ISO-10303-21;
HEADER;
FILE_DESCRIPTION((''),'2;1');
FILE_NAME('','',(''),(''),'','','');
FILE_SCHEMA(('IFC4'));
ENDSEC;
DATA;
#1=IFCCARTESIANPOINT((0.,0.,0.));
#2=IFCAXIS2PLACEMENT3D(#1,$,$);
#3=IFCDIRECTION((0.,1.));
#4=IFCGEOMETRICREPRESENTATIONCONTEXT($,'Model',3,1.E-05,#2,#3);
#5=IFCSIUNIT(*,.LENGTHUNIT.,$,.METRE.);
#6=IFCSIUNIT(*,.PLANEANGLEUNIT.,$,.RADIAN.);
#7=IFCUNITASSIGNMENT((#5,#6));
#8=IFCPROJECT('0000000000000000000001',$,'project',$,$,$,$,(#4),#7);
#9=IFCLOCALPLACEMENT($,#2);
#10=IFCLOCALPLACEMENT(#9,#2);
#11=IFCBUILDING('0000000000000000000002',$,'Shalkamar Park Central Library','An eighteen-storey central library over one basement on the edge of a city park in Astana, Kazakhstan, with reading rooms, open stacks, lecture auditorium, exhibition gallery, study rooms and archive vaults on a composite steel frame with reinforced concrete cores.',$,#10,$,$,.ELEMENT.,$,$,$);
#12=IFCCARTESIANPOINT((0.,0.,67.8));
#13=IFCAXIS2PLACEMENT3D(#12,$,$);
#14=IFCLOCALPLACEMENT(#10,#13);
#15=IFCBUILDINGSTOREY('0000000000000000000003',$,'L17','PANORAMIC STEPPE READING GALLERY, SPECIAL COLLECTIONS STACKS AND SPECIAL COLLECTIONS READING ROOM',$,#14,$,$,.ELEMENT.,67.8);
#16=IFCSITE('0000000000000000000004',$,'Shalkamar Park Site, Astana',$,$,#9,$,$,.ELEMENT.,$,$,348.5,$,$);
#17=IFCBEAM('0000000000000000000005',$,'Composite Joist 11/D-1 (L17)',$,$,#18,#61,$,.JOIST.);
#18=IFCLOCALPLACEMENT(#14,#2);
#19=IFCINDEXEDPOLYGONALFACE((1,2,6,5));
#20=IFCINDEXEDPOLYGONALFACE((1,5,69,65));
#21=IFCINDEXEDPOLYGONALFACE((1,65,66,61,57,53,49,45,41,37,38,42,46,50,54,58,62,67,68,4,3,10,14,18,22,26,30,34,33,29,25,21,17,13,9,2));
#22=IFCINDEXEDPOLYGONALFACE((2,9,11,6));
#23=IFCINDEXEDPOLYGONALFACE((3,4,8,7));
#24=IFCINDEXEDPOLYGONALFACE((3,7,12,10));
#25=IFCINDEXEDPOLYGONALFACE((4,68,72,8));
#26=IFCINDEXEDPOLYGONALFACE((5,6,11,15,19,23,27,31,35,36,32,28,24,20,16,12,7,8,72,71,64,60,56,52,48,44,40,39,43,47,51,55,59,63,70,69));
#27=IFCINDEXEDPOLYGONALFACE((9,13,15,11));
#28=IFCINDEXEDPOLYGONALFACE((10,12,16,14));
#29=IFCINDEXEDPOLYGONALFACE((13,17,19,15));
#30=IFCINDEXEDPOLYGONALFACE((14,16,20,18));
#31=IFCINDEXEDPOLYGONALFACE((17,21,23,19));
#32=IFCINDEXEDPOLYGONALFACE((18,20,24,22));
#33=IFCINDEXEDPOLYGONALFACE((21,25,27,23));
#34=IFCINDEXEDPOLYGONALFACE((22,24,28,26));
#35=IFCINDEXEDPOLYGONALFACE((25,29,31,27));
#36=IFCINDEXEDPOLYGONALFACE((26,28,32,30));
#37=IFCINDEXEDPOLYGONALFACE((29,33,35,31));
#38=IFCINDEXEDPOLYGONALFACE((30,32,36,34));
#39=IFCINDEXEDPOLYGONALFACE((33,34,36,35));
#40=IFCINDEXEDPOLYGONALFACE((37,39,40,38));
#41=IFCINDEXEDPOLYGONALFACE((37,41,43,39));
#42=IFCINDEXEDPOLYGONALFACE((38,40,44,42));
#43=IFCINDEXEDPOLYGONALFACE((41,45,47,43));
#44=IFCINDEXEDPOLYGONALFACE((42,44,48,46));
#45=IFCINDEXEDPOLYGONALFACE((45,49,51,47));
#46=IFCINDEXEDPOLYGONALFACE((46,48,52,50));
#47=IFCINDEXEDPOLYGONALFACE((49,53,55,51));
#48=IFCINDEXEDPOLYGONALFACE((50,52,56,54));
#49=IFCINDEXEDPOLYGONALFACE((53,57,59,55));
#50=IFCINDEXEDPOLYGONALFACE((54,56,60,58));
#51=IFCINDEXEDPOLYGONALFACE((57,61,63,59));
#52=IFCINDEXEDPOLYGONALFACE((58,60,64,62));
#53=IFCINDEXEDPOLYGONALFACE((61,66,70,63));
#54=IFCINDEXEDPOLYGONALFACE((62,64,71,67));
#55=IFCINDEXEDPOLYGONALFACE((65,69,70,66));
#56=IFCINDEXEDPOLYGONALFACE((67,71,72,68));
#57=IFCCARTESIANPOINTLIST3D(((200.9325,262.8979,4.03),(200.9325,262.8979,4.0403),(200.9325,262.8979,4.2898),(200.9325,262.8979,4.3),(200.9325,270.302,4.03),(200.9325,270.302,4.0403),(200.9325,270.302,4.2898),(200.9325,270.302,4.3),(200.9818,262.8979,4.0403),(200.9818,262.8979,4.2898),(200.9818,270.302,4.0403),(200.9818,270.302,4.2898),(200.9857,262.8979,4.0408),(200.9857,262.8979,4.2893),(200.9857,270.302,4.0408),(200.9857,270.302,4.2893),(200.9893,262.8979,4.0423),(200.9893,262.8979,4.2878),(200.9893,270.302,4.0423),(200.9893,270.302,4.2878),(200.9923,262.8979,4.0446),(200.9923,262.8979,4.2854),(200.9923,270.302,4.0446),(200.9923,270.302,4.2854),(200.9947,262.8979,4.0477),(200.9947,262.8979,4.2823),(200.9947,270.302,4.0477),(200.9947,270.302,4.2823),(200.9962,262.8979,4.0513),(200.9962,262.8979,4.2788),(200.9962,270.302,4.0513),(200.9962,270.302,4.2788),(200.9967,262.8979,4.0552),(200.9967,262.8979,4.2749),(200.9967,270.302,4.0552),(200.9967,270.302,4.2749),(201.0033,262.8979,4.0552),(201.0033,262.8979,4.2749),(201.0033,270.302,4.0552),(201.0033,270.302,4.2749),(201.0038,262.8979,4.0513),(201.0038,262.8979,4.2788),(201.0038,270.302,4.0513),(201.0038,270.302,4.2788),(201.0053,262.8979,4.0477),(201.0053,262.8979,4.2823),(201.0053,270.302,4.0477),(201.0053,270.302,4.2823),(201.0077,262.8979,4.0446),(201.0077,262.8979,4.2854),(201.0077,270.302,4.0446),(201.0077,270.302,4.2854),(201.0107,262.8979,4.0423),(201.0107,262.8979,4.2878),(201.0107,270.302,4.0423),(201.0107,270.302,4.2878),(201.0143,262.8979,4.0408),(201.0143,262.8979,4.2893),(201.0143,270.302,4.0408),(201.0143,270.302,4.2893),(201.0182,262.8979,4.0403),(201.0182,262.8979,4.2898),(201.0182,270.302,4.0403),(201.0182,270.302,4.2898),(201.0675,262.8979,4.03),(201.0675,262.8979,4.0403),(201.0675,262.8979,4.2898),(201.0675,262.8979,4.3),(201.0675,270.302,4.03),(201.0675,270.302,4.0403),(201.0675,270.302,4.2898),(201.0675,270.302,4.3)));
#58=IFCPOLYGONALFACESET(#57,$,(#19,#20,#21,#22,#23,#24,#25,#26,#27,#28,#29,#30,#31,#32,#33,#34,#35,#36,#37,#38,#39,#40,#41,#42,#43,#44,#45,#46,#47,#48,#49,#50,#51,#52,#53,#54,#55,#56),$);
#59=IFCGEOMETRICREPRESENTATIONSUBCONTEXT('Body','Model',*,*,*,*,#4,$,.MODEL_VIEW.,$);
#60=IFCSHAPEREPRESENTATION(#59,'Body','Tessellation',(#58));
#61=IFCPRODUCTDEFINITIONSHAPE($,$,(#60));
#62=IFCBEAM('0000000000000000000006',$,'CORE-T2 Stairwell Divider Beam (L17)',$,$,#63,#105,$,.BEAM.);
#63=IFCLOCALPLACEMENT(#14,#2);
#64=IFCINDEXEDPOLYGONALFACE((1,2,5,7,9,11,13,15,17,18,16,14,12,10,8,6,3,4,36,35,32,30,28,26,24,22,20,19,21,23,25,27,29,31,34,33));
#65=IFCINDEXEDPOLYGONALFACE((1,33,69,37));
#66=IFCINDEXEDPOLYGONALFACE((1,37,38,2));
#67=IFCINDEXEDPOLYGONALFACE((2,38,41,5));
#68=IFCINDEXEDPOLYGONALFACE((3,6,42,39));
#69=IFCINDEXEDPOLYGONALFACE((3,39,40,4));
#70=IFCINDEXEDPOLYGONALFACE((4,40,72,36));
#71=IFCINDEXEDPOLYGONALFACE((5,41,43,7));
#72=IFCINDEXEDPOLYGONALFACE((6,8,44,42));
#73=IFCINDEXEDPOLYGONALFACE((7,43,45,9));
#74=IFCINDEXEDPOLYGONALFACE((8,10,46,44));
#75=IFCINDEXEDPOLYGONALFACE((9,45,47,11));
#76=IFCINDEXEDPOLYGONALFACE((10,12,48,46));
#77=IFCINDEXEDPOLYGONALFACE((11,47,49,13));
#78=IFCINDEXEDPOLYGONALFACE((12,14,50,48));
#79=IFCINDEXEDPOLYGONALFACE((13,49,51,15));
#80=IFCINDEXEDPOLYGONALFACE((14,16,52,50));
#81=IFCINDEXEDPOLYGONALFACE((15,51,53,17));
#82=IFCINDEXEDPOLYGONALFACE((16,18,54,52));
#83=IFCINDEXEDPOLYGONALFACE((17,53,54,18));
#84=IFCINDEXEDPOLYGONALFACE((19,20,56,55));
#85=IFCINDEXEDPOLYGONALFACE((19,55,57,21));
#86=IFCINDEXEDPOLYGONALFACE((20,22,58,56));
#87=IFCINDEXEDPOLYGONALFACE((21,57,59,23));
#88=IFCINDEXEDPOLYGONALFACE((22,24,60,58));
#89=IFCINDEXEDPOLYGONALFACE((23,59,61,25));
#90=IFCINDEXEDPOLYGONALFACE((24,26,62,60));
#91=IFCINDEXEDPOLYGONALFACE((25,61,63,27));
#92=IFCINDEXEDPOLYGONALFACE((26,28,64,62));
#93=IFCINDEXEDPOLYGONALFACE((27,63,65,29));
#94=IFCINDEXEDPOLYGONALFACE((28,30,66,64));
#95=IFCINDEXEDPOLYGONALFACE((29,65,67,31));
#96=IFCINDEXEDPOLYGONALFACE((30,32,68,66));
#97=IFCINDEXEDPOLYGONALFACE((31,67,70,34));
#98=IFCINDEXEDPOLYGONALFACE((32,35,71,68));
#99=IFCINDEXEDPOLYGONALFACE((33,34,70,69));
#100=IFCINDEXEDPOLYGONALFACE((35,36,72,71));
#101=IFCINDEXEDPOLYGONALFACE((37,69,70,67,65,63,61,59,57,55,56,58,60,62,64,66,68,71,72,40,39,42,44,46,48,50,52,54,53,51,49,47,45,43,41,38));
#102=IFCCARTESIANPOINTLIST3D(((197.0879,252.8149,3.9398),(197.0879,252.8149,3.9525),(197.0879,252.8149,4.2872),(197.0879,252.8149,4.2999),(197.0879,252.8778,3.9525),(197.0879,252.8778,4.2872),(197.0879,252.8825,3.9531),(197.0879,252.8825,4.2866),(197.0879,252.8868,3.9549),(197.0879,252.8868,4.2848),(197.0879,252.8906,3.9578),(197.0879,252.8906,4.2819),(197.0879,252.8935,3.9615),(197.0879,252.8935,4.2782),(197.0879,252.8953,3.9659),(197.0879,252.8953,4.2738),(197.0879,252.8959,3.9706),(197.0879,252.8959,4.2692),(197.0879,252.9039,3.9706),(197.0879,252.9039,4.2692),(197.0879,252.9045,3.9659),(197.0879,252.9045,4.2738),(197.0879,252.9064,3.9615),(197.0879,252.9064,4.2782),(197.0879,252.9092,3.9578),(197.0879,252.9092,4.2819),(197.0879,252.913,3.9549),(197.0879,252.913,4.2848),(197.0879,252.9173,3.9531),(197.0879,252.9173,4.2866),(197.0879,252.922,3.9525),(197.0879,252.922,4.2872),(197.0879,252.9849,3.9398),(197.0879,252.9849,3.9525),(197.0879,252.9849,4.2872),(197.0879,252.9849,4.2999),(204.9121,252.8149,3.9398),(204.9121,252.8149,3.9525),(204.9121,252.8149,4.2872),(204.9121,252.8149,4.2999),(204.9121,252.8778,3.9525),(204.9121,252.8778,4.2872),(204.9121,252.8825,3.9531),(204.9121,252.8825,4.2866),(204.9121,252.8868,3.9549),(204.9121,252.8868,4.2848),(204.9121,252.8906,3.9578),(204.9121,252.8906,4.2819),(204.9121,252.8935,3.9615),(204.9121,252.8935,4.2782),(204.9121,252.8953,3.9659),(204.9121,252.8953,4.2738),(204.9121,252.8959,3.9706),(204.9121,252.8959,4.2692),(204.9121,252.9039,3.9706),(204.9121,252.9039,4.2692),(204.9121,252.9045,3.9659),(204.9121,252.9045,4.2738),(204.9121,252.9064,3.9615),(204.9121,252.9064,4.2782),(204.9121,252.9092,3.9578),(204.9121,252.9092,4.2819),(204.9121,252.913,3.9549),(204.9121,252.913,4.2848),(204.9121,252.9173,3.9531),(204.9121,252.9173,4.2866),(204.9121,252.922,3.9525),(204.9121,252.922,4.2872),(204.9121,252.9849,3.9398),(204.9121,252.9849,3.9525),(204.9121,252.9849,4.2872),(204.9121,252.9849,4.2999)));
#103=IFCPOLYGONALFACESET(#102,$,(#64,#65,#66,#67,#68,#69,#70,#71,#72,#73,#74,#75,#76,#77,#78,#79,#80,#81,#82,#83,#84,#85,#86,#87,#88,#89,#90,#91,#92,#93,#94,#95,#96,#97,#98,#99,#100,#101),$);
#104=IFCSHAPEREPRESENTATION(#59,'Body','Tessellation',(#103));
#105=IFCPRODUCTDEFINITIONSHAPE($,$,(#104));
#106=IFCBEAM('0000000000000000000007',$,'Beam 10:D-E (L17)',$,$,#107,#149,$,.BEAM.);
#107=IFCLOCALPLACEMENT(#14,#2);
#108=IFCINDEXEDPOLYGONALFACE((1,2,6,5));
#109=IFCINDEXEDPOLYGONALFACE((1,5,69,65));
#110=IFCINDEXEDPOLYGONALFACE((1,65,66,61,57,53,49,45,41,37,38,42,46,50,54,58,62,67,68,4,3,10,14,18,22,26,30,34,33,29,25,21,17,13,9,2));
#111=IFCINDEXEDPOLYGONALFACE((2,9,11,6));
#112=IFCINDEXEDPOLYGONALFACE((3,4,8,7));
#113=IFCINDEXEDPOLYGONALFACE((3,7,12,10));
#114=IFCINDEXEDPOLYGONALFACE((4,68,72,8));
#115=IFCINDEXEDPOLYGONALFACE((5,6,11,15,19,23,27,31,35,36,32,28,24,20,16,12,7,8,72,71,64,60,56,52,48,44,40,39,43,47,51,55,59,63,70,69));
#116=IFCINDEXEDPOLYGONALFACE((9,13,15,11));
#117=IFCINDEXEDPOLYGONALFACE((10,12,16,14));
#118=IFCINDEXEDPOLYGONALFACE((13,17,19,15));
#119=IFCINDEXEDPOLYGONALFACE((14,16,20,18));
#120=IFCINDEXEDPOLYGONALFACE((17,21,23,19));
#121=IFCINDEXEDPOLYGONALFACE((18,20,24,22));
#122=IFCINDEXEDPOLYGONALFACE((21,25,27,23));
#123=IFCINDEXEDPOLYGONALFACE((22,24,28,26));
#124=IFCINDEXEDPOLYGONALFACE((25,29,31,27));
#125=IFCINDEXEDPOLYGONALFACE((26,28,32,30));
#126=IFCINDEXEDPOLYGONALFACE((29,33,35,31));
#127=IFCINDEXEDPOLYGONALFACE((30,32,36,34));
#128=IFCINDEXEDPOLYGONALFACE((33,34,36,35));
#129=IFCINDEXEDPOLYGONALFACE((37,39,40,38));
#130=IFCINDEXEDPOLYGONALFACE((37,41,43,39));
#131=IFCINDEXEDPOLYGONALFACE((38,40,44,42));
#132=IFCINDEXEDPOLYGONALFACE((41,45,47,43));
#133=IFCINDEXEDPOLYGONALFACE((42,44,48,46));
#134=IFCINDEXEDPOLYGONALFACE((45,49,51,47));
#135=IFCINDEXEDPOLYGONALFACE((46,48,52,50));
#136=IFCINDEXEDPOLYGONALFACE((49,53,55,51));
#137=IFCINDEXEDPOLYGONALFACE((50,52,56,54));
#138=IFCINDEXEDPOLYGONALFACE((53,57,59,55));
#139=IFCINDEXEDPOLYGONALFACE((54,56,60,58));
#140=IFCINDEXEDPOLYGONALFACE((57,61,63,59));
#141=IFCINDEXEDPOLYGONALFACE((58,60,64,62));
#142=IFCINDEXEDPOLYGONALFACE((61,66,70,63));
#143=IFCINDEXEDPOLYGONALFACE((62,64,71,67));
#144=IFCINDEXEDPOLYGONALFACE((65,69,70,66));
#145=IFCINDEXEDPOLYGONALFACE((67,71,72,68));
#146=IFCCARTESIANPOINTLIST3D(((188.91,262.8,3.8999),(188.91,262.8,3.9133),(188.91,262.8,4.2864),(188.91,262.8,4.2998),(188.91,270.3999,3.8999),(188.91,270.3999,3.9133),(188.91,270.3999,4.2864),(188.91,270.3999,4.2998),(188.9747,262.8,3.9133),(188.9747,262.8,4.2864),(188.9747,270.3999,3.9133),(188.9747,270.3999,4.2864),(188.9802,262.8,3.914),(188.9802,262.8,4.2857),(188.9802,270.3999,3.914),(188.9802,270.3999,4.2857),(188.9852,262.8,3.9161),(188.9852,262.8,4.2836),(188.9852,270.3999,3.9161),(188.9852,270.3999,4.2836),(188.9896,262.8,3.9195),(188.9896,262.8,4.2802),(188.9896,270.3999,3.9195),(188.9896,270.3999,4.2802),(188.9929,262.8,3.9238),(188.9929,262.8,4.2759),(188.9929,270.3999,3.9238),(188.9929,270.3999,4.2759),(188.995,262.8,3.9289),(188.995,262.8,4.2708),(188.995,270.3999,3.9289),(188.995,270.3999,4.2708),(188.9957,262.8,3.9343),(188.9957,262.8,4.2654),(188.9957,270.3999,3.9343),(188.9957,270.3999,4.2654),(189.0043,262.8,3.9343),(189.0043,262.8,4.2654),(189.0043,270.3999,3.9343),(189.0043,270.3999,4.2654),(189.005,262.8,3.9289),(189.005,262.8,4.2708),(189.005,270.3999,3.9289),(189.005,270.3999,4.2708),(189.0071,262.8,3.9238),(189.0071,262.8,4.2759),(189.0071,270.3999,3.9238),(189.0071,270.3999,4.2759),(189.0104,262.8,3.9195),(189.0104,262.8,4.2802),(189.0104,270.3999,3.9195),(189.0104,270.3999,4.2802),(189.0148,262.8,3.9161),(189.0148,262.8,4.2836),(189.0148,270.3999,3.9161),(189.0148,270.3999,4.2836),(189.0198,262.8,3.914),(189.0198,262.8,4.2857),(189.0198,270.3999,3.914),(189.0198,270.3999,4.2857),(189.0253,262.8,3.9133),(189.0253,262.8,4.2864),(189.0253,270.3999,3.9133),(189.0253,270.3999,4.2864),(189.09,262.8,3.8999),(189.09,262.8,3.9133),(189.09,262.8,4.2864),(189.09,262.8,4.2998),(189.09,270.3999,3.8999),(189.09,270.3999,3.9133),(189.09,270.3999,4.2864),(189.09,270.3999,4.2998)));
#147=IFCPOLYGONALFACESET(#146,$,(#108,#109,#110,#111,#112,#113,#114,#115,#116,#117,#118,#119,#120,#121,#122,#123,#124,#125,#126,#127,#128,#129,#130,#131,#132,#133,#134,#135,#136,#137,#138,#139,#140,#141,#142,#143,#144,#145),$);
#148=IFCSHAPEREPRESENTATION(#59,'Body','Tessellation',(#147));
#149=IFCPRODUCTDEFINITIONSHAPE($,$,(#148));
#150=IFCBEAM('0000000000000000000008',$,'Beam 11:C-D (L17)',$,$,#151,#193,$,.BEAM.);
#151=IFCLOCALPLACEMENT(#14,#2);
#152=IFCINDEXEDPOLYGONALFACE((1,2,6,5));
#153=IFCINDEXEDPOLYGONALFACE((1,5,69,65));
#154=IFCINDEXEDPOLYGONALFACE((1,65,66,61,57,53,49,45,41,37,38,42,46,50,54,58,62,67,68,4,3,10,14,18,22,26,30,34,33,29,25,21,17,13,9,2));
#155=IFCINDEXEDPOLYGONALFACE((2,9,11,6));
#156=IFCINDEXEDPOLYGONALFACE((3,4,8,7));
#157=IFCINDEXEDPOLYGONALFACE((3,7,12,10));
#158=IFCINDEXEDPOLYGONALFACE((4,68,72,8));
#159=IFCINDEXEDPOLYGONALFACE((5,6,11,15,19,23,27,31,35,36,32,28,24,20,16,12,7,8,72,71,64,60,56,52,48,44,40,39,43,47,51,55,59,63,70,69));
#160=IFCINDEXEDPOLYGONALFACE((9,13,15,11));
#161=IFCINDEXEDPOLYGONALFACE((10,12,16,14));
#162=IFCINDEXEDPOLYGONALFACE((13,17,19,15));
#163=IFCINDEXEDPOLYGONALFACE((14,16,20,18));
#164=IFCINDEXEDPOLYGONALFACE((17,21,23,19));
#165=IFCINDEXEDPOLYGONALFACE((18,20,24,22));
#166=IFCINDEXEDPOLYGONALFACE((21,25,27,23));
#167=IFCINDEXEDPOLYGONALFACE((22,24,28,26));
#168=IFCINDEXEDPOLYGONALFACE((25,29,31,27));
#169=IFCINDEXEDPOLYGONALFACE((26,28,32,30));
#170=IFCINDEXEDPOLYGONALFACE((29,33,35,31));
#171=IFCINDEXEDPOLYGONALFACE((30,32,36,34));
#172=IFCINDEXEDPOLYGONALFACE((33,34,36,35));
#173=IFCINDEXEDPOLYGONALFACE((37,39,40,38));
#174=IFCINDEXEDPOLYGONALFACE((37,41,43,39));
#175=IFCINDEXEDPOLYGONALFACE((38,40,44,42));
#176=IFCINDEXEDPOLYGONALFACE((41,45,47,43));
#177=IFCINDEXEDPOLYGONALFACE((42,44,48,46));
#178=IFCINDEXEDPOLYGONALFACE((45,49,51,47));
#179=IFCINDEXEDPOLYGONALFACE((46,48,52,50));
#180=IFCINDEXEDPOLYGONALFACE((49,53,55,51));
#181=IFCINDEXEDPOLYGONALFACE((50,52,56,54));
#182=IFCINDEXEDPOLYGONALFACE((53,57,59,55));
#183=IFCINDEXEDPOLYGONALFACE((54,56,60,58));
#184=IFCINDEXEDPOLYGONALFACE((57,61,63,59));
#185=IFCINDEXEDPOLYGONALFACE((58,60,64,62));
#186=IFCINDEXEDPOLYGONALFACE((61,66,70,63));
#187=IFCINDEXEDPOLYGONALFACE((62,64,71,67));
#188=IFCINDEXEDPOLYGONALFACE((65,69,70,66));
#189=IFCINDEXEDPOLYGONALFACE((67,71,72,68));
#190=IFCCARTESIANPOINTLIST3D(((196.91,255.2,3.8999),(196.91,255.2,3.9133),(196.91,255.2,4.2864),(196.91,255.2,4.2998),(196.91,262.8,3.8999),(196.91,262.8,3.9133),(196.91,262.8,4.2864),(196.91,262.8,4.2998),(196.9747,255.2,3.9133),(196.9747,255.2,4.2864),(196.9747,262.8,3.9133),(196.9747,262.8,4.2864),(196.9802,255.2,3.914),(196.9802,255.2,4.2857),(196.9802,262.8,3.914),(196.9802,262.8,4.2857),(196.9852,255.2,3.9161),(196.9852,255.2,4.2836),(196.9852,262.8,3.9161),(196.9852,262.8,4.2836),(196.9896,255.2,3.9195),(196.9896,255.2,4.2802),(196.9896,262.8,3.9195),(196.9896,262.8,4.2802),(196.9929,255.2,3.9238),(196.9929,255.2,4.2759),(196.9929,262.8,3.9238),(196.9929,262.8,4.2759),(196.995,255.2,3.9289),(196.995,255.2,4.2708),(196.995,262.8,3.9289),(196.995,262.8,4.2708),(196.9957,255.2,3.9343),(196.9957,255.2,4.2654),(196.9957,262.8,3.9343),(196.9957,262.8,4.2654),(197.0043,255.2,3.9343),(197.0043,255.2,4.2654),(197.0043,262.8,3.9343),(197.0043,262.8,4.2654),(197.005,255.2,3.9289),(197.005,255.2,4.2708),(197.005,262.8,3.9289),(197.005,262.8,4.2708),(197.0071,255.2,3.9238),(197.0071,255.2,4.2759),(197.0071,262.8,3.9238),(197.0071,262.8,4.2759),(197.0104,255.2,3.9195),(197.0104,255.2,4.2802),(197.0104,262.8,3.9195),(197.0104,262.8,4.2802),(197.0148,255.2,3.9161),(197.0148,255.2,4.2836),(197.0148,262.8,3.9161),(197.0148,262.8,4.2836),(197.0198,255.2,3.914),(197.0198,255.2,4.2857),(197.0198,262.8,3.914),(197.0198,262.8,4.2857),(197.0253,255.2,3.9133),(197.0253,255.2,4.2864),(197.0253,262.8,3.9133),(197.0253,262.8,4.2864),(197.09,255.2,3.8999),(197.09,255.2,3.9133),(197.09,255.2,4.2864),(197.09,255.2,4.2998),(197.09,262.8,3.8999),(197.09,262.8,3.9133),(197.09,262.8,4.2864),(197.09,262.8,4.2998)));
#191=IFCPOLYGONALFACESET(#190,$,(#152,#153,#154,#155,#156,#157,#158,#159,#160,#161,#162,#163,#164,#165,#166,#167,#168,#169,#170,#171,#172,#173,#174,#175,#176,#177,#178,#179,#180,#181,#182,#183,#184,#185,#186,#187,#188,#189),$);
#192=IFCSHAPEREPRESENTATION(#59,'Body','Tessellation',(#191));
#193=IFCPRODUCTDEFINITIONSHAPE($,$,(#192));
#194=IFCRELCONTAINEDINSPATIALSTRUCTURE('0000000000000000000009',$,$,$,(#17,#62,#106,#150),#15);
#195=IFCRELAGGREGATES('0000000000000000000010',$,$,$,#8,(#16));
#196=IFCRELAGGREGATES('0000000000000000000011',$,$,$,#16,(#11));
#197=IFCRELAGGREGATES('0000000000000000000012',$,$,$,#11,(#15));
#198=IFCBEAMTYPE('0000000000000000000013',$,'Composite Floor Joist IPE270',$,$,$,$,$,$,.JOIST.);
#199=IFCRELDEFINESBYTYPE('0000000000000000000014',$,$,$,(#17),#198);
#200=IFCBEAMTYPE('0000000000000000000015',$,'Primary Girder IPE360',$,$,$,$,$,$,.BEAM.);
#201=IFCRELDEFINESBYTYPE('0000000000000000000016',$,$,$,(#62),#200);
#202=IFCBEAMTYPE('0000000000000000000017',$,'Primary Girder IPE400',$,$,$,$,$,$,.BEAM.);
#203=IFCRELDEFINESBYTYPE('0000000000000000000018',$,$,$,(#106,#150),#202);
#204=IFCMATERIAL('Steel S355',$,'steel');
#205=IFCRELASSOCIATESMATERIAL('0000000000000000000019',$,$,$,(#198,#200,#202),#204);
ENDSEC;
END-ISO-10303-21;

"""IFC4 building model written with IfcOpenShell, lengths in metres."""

from ifc_helpers import new_model, si_unit, direction, frame, origin, origin_2d, place, context, subcontext, project, spatial, i_section, extrude, material, material_profile, profile_set, type_object, element, save


model = new_model("IFC4")

# Units and contexts
model_context = context("Model", 3, precision=1e-05, world=origin(), true_north=direction((0.0, 1.0)))
body_context = subcontext(model_context, "Body", "Model", "MODEL_VIEW")
ifc_project = project(units=[si_unit("LENGTHUNIT", "METRE"), si_unit("PLANEANGLEUNIT", "RADIAN")], contexts=[model_context])

# Site, building, storey
site_placement = place(None, origin())
site = spatial("IfcSite", under=ifc_project, at=site_placement, Name="Shalkamar Park Site, Astana", CompositionType="ELEMENT", RefElevation=348.5)
building_placement = place(site_placement, origin())
building = spatial("IfcBuilding", under=site, at=building_placement, Name="Shalkamar Park Central Library", Description="An eighteen-storey central library over one basement on the edge of a city park in Astana, Kazakhstan, with reading rooms, open stacks, lecture auditorium, exhibition gallery, study rooms and archive vaults on a composite steel frame with reinforced concrete cores.", CompositionType="ELEMENT")
storey_placement = place(building_placement, frame((0.0, 0.0, 67.8)))
storey = spatial("IfcBuildingStorey", under=building, at=storey_placement, Name="L17", Description="PANORAMIC STEPPE READING GALLERY, SPECIAL COLLECTIONS STACKS AND SPECIAL COLLECTIONS READING ROOM", CompositionType="ELEMENT", Elevation=67.8)

# Shared definitions
ifc_material_1 = material(Name="Steel S355", Category="steel")

# Beams
ifc_material_profile_1 = material_profile(ifc_material_1, i_section(OverallWidth=0.135, OverallDepth=0.27, WebThickness=0.0066, FlangeThickness=0.0103, FilletRadius=0.0149, at=origin_2d()), Name="IPE 270")
ifc_profile_set_1 = profile_set([ifc_material_profile_1], Name="Steel S355")
beam_type_1 = type_object("IfcBeamType", Name="Composite Floor Joist IPE270", PredefinedType="JOIST", material=ifc_profile_set_1)
beam_1_placement = place(storey_placement, frame((201.0, 262.8979, 4.165), z_axis=(0.0, 1.0, 0.0), x_axis=(-1.0, 0.0, 0.0)))
element("IfcBeam", 1, at=beam_1_placement, inside=storey, type_object=beam_type_1, Name="Composite Joist 11/D-1 (L17)", PredefinedType="JOIST", context=body_context, shape_type="SweptSolid", body=[
    extrude(i_section(OverallWidth=0.135, OverallDepth=0.27, WebThickness=0.0066, FlangeThickness=0.0103, FilletRadius=0.0149, at=origin_2d()), origin(), (0.0, 0.0, 1.0), 7.4041),
])
ifc_material_profile_2 = material_profile(ifc_material_1, i_section(OverallWidth=0.1699, OverallDepth=0.3601, WebThickness=0.0081, FlangeThickness=0.0127, FilletRadius=0.0181, at=origin_2d()), Name="IPE 360")
ifc_profile_set_2 = profile_set([ifc_material_profile_2], Name="Steel S355")
beam_type_2 = type_object("IfcBeamType", Name="Primary Girder IPE360", PredefinedType="BEAM", material=ifc_profile_set_2)
beam_2_placement = place(storey_placement, frame((197.0879, 252.8999, 4.1199), z_axis=(1.0, 0.0, 0.0), x_axis=(0.0, 1.0, 0.0)))
element("IfcBeam", 2, at=beam_2_placement, inside=storey, type_object=beam_type_2, Name="CORE-T2 Stairwell Divider Beam (L17)", PredefinedType="BEAM", context=body_context, shape_type="SweptSolid", body=[
    extrude(i_section(OverallWidth=0.1699, OverallDepth=0.3601, WebThickness=0.0081, FlangeThickness=0.0127, FilletRadius=0.0181, at=origin_2d()), origin(), (0.0, 0.0, 1.0), 7.8242),
])
ifc_material_profile_3 = material_profile(ifc_material_1, i_section(OverallWidth=0.1799, OverallDepth=0.3999, WebThickness=0.0085, FlangeThickness=0.0134, FilletRadius=0.021, at=origin_2d()), Name="IPE 400")
ifc_profile_set_3 = profile_set([ifc_material_profile_3], Name="Steel S355")
beam_type_3 = type_object("IfcBeamType", Name="Primary Girder IPE400", PredefinedType="BEAM", material=ifc_profile_set_3)
beam_3_placement = place(storey_placement, frame((189.0, 262.8, 4.0999), z_axis=(0.0, 1.0, 0.0), x_axis=(-1.0, 0.0, 0.0)))
element("IfcBeam", 3, at=beam_3_placement, inside=storey, type_object=beam_type_3, Name="Beam 10:D-E (L17)", PredefinedType="BEAM", context=body_context, shape_type="SweptSolid", body=[
    extrude(i_section(OverallWidth=0.1799, OverallDepth=0.3999, WebThickness=0.0085, FlangeThickness=0.0134, FilletRadius=0.021, at=origin_2d()), origin(), (0.0, 0.0, 1.0), 7.5999),
])
beam_4_placement = place(storey_placement, frame((197.0, 255.2, 4.0999), z_axis=(0.0, 1.0, 0.0), x_axis=(-1.0, 0.0, 0.0)))
element("IfcBeam", 4, at=beam_4_placement, inside=storey, type_object=beam_type_3, Name="Beam 11:C-D (L17)", PredefinedType="BEAM", context=body_context, shape_type="SweptSolid", body=[
    extrude(i_section(OverallWidth=0.1799, OverallDepth=0.3999, WebThickness=0.0085, FlangeThickness=0.0134, FilletRadius=0.021, at=origin_2d()), origin(), (0.0, 0.0, 1.0), 7.6001),
])

save(model, "model.ifc")
